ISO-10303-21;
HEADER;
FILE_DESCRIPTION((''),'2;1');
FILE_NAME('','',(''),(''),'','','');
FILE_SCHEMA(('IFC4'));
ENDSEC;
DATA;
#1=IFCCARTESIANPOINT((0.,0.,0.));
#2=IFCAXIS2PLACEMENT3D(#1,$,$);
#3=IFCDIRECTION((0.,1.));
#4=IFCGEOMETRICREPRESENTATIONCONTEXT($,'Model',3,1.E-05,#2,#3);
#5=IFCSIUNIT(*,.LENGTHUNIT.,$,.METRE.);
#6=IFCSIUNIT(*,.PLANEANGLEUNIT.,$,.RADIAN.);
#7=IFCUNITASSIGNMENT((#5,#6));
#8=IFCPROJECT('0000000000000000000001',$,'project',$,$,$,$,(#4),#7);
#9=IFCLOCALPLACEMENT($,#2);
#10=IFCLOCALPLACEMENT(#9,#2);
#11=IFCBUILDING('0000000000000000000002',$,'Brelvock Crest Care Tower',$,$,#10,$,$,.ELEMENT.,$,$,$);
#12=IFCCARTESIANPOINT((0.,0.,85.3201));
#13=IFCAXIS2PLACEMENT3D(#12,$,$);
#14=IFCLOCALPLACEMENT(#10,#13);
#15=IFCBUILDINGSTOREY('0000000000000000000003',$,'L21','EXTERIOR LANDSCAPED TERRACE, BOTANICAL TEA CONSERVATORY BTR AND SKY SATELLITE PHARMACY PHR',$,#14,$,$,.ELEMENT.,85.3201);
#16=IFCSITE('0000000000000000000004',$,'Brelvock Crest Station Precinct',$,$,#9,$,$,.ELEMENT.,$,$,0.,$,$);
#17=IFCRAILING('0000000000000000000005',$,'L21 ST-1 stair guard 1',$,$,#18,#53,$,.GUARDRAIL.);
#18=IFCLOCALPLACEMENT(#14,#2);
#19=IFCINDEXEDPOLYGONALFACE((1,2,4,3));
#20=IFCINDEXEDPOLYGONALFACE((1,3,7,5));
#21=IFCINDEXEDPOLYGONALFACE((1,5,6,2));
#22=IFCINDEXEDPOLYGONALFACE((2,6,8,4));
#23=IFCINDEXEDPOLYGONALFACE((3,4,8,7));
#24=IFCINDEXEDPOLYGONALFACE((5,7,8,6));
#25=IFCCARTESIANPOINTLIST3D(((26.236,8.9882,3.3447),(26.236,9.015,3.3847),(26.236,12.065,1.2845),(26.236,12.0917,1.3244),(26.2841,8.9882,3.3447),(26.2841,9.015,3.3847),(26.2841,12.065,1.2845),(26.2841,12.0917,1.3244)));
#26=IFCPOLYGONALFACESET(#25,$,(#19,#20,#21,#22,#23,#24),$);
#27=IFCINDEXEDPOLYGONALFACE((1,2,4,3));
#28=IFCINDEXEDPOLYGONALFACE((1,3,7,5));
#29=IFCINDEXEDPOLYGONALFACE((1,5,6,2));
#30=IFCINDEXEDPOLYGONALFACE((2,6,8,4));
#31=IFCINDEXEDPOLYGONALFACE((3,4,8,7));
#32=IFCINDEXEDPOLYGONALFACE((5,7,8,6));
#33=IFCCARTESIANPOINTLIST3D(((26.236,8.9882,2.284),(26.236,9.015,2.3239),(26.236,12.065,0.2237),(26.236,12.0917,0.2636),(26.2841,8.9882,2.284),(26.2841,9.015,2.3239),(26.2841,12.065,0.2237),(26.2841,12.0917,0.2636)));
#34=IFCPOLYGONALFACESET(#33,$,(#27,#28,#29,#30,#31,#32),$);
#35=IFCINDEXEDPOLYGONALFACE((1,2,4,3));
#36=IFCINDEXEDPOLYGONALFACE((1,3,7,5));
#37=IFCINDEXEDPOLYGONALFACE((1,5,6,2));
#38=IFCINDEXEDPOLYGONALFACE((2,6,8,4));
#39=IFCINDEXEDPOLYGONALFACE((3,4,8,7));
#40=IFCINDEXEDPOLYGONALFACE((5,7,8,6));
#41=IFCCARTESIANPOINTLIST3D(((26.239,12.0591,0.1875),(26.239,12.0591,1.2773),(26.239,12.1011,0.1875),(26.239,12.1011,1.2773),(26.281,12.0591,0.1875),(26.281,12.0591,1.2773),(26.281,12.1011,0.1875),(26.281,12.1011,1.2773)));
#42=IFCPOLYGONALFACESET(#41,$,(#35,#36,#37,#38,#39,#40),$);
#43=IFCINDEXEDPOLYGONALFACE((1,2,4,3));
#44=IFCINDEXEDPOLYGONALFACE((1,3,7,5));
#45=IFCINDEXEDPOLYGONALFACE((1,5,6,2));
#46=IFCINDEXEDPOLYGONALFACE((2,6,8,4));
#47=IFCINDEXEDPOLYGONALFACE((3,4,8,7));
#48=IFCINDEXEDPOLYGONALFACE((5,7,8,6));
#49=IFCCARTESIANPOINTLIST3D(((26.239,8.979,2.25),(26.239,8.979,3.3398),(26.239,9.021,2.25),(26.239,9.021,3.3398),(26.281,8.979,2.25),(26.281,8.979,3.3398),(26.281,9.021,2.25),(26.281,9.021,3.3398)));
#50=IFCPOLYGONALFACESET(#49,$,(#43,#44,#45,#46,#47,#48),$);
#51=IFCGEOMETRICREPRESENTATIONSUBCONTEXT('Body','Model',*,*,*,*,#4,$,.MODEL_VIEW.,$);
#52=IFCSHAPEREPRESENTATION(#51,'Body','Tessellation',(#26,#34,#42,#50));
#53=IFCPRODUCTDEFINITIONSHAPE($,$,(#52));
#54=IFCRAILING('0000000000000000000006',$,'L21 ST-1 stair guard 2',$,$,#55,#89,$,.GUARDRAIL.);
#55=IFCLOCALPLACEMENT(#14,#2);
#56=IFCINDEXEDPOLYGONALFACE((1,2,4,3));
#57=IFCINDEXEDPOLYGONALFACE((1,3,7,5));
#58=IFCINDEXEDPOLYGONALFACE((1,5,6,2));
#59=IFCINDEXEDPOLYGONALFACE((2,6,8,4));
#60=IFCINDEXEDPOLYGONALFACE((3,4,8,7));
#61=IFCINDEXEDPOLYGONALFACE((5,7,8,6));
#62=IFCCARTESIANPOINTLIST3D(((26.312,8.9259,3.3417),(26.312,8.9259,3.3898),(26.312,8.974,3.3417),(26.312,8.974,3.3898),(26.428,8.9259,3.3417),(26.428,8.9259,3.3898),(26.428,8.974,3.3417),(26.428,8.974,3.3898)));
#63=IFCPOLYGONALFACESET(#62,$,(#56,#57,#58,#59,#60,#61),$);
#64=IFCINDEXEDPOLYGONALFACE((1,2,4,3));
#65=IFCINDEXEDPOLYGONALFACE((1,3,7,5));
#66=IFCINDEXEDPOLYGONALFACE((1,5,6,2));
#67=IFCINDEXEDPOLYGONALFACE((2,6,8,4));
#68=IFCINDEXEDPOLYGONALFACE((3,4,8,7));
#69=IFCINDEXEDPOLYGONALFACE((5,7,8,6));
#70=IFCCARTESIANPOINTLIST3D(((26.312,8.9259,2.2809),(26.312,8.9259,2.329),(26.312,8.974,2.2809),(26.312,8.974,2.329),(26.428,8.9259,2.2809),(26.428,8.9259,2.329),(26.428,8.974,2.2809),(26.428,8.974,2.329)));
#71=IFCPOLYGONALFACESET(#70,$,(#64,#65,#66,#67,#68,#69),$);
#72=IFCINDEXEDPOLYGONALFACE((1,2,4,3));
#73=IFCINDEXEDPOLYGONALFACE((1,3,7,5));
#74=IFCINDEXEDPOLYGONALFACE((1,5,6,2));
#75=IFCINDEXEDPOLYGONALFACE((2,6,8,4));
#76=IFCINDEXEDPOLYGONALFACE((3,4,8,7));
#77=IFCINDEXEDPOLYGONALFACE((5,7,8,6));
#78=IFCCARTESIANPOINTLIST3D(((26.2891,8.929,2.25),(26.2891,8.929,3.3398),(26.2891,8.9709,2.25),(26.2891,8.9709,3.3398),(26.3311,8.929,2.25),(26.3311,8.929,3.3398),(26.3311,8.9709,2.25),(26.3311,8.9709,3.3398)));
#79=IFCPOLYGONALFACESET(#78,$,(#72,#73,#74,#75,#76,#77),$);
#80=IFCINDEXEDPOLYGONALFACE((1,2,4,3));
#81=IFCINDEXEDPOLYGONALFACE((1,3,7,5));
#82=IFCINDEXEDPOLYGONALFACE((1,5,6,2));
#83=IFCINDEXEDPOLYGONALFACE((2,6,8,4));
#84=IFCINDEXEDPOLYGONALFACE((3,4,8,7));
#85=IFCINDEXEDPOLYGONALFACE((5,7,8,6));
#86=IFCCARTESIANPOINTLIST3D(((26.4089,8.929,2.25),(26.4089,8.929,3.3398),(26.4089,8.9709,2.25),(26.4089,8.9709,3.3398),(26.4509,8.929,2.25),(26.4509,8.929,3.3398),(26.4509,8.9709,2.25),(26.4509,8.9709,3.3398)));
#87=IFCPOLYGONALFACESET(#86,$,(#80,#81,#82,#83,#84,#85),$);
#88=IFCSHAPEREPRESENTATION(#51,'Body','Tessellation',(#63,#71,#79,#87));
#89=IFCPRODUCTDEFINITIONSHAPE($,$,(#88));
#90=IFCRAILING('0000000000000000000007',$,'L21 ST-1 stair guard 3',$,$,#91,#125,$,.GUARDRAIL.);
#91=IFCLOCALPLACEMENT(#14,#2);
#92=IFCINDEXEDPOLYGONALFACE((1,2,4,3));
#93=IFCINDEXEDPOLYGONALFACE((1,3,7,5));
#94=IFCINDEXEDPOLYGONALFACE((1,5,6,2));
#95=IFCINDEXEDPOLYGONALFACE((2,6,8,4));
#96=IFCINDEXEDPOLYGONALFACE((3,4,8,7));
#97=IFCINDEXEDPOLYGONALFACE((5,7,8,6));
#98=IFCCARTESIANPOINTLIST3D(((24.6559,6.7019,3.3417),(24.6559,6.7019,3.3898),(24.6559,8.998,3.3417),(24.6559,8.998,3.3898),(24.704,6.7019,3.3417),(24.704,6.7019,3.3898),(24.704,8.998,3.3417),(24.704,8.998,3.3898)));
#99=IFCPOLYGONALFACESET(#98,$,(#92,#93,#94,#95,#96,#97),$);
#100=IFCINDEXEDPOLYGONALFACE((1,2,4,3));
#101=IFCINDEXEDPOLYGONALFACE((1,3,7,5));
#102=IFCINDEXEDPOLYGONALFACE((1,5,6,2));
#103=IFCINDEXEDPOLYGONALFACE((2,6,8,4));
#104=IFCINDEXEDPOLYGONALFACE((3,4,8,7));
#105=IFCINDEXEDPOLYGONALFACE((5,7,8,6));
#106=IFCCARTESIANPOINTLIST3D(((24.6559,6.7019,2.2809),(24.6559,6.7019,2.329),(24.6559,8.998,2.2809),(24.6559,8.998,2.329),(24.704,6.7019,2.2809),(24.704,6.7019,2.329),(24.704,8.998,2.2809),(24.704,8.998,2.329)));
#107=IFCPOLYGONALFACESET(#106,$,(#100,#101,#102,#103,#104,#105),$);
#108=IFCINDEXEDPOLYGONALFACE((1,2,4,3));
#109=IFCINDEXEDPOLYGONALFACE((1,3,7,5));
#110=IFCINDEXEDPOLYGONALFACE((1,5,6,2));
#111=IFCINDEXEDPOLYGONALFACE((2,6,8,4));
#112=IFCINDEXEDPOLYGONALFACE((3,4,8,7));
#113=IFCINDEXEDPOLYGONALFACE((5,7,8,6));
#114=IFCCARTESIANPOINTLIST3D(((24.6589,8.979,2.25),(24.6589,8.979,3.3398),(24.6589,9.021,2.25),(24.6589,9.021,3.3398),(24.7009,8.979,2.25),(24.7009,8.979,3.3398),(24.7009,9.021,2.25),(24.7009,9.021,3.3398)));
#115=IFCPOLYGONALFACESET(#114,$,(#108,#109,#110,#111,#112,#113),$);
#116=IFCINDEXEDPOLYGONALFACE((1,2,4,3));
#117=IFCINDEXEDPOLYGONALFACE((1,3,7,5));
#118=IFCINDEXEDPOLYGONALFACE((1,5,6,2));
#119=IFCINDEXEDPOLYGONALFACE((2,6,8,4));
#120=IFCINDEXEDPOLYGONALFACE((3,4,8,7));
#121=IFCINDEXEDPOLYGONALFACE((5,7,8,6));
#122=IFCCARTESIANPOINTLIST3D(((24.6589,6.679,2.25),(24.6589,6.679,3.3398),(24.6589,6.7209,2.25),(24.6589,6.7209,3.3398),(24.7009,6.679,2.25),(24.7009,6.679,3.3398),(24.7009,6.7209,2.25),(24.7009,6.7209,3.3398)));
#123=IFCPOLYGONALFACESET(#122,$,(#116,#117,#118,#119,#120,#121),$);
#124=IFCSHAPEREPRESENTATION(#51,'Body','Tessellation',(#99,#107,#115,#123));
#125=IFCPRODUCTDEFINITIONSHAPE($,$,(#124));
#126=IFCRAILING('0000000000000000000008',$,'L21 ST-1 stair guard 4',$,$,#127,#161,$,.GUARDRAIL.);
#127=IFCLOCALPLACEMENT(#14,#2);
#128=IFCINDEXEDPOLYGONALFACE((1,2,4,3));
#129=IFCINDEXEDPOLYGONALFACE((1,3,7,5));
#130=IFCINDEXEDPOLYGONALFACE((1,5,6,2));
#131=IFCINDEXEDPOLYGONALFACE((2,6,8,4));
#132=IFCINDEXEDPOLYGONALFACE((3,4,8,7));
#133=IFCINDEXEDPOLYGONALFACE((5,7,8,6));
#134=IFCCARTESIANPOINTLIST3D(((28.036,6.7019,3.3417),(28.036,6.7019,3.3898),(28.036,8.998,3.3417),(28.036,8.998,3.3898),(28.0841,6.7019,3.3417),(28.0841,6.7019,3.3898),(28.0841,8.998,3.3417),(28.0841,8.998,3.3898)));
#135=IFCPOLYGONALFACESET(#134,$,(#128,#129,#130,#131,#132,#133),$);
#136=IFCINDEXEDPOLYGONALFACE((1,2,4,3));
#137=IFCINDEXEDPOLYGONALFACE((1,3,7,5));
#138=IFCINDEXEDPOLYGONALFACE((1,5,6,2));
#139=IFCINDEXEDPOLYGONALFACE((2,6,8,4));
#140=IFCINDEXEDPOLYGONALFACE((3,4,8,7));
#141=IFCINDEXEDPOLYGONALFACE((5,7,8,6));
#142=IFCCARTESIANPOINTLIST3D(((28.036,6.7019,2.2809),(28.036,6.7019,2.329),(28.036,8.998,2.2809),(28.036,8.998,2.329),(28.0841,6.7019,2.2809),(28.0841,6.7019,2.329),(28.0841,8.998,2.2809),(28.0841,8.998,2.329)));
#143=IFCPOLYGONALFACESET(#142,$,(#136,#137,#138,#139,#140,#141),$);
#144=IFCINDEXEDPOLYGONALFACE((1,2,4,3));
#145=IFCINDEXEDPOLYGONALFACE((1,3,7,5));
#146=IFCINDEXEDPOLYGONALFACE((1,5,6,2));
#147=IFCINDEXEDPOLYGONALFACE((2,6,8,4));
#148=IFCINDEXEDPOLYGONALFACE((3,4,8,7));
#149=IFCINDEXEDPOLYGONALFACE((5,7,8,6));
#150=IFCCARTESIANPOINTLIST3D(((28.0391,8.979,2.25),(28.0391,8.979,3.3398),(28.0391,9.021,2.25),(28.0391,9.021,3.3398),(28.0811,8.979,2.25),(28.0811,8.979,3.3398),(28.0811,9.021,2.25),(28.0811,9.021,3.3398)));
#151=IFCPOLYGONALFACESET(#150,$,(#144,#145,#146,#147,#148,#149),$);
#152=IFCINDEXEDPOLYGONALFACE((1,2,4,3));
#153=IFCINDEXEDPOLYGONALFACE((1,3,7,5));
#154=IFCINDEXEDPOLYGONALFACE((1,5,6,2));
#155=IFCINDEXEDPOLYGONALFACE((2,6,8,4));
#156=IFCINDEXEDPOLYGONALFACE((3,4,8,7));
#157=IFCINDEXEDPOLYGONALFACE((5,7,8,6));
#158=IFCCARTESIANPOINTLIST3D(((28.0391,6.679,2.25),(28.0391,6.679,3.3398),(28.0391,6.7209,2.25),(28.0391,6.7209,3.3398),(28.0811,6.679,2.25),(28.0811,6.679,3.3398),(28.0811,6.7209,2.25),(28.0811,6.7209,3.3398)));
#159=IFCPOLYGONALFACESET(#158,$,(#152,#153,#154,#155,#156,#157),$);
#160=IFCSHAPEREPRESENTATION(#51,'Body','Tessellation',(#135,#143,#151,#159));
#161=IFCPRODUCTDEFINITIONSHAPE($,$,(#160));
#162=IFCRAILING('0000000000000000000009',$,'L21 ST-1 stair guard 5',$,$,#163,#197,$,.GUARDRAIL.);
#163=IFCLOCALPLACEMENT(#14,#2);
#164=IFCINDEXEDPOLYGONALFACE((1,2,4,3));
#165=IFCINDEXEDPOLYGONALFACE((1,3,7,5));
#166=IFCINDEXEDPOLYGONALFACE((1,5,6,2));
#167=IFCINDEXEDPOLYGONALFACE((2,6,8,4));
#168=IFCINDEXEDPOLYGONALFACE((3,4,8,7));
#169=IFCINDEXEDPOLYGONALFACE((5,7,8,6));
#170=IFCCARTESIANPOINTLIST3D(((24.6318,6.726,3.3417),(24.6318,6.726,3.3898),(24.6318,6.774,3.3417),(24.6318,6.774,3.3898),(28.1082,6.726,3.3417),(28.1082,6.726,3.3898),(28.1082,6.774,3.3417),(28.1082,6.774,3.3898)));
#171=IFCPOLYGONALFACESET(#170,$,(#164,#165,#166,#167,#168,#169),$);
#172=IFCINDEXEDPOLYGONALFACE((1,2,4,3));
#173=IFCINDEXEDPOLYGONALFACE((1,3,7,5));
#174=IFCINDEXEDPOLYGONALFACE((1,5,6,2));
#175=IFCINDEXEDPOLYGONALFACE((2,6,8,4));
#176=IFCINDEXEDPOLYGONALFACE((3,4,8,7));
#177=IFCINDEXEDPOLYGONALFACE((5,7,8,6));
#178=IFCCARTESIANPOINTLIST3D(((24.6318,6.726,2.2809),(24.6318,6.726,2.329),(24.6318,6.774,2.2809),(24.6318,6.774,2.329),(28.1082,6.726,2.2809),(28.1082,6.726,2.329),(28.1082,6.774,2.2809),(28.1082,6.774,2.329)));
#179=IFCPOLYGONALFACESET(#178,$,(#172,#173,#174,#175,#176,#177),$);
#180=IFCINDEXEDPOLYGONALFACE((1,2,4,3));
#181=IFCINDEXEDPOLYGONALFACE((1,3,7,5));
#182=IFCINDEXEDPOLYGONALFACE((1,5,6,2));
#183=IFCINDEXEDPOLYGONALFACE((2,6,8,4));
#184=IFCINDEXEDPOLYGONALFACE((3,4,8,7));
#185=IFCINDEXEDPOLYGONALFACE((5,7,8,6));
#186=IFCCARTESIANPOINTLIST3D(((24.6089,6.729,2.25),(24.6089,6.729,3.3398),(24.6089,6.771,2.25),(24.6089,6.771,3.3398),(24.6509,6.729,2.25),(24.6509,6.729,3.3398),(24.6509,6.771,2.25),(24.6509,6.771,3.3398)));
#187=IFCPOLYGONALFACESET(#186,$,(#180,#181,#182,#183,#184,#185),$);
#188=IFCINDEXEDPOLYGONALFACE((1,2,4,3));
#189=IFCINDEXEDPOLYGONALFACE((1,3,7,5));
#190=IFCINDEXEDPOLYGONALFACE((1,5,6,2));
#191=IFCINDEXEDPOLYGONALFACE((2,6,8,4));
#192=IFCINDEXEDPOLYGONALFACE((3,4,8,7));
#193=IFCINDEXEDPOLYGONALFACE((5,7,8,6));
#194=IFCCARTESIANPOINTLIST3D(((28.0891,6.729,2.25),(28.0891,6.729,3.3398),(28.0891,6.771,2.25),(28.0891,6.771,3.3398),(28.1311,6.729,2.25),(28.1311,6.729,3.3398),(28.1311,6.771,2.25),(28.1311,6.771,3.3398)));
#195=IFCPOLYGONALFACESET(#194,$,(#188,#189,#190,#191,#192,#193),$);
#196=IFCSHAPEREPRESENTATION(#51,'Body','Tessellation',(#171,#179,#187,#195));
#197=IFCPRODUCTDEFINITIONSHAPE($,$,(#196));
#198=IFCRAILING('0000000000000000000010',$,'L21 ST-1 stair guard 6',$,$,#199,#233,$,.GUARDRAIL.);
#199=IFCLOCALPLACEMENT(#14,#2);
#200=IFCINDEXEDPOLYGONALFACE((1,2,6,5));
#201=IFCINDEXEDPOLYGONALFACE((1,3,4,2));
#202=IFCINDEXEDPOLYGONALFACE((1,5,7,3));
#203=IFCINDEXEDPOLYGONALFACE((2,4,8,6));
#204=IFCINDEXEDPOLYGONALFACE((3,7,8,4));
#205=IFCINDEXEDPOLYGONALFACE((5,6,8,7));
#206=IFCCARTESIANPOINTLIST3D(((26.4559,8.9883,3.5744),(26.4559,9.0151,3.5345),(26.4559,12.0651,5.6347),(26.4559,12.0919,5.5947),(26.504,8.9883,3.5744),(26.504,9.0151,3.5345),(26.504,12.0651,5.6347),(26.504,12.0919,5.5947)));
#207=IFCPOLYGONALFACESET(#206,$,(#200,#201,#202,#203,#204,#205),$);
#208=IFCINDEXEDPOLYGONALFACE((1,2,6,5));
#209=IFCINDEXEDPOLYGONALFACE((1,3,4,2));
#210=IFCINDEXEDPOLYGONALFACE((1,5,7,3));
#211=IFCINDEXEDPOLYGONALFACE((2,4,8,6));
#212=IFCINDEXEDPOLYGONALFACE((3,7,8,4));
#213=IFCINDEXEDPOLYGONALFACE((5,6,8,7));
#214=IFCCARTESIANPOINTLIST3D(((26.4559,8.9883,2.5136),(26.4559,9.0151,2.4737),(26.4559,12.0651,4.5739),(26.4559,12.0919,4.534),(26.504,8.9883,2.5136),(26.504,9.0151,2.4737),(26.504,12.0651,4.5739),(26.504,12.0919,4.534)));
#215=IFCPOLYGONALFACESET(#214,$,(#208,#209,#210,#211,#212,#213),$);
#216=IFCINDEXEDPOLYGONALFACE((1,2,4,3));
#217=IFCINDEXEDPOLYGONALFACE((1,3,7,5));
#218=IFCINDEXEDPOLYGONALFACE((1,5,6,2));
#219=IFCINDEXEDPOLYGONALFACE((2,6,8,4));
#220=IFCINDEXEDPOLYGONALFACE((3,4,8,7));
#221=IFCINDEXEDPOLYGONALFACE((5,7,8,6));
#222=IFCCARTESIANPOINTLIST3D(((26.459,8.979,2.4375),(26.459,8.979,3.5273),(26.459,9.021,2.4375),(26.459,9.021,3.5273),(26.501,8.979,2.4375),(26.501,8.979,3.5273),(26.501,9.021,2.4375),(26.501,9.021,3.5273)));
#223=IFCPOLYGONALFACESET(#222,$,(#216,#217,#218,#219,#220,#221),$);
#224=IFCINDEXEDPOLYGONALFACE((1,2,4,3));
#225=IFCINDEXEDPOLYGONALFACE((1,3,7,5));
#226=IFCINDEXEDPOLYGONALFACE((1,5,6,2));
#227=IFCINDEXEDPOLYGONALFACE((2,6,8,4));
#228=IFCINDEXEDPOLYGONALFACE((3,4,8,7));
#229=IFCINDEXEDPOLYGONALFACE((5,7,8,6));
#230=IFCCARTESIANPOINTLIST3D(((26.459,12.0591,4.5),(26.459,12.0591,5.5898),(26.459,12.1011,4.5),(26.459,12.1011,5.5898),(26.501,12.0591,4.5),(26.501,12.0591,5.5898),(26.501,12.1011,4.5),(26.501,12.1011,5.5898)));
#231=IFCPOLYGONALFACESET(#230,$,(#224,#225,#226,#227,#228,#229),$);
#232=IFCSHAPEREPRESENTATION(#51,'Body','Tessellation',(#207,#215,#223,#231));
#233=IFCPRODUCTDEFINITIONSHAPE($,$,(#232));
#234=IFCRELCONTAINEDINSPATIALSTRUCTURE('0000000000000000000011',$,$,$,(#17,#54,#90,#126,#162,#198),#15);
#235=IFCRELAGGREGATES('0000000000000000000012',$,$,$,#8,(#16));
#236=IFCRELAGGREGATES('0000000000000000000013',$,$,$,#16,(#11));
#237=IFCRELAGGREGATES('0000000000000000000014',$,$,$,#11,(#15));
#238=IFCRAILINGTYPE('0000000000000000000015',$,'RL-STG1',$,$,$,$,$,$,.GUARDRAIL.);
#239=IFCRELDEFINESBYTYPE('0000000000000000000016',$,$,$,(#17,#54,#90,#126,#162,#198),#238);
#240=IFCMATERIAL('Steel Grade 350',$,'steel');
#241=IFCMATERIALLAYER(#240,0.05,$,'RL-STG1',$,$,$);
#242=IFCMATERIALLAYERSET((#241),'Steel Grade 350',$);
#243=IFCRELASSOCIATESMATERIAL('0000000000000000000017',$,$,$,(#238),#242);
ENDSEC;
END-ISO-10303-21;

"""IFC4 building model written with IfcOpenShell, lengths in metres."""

from ifc_helpers import new_model, si_unit, direction, frame, origin, origin_2d, place, context, subcontext, project, spatial, rectangle, extrude, material, layer, layer_set, type_object, element, save


model = new_model("IFC4")

# Units and contexts
model_context = context("Model", 3, precision=1e-05, world=origin(), true_north=direction((0.0, 1.0)))
body_context = subcontext(model_context, "Body", "Model", "MODEL_VIEW")
ifc_project = project(units=[si_unit("LENGTHUNIT", "METRE"), si_unit("PLANEANGLEUNIT", "RADIAN")], contexts=[model_context])

# Site, building, storey
site_placement = place(None, origin())
site = spatial("IfcSite", under=ifc_project, at=site_placement, Name="Brelvock Crest Station Precinct", CompositionType="ELEMENT", RefElevation=0.0)
building_placement = place(site_placement, origin())
building = spatial("IfcBuilding", under=site, at=building_placement, Name="Brelvock Crest Care Tower", CompositionType="ELEMENT")
storey_placement = place(building_placement, frame((0.0, 0.0, 85.3201)))
storey = spatial("IfcBuildingStorey", under=building, at=storey_placement, Name="L21", Description="EXTERIOR LANDSCAPED TERRACE, BOTANICAL TEA CONSERVATORY BTR AND SKY SATELLITE PHARMACY PHR", CompositionType="ELEMENT", Elevation=85.3201)

# Shared definitions
ifc_material_1 = material(Name="Steel Grade 350", Category="steel")

# Railings
ifc_layer_1 = layer(ifc_material_1, 0.05, Name="RL-STG1")
ifc_layer_set_1 = layer_set([ifc_layer_1], Name="Steel Grade 350")
railing_type_1 = type_object("IfcRailingType", Name="RL-STG1", PredefinedType="GUARDRAIL", material=ifc_layer_set_1)
railing_1_placement = place(storey_placement, frame((26.26, 12.0801, 0.1875)))
element("IfcRailing", 1, at=railing_1_placement, inside=storey, type_object=railing_type_1, Name="L21 ST-1 stair guard 1", PredefinedType="GUARDRAIL", context=body_context, shape_type="SweptSolid", body=[
    extrude(rectangle(XDim=0.0481, YDim=0.0481, at=origin_2d()), frame((0.0, -0.0017, 1.1169), z_axis=(0.0, -0.830914, 0.556401), x_axis=(1.0, 0.0, 0.0)), (0.0, 0.0, 1.0), 3.7029),
    extrude(rectangle(XDim=0.0481, YDim=0.0481, at=origin_2d()), frame((0.0, -0.0017, 0.0562), z_axis=(0.0, -0.830914, 0.556401), x_axis=(1.0, 0.0, 0.0)), (0.0, 0.0, 1.0), 3.7029),
    extrude(rectangle(XDim=0.042, YDim=0.042, at=origin_2d()), origin(), (0.0, 0.0, 1.0), 1.0898),
    extrude(rectangle(XDim=0.042, YDim=0.042, at=origin_2d()), frame((0.0, -3.0801, 2.0625)), (0.0, 0.0, 1.0), 1.0898),
])
railing_2_placement = place(storey_placement, frame((26.3101, 8.95, 2.25)))
element("IfcRailing", 2, at=railing_2_placement, inside=storey, type_object=railing_type_1, Name="L21 ST-1 stair guard 2", PredefinedType="GUARDRAIL", context=body_context, shape_type="SweptSolid", body=[
    extrude(rectangle(XDim=0.0481, YDim=0.0481, at=origin_2d()), frame((0.002, 0.0, 1.1157), z_axis=(1.0, 0.0, 0.0), x_axis=(0.0, 1.0, 0.0)), (0.0, 0.0, 1.0), 0.116),
    extrude(rectangle(XDim=0.0481, YDim=0.0481, at=origin_2d()), frame((0.002, 0.0, 0.0549), z_axis=(1.0, 0.0, 0.0), x_axis=(0.0, 1.0, 0.0)), (0.0, 0.0, 1.0), 0.116),
    extrude(rectangle(XDim=0.042, YDim=0.042, at=origin_2d()), origin(), (0.0, 0.0, 1.0), 1.0898),
    extrude(rectangle(XDim=0.042, YDim=0.042, at=origin_2d()), frame((0.1199, 0.0, 0.0)), (0.0, 0.0, 1.0), 1.0898),
])
for number, where, name in (
    (3, (24.6799, 9.0, 2.25), "L21 ST-1 stair guard 3"),
    (4, (28.0601, 9.0, 2.25), "L21 ST-1 stair guard 4"),
):
    element("IfcRailing", number, at=place(storey_placement, frame(where)), inside=storey, type_object=railing_type_1, Name=name, PredefinedType="GUARDRAIL", context=body_context, shape_type="SweptSolid", body=[
        extrude(rectangle(XDim=0.0481, YDim=0.0481, at=origin_2d()), frame((0.0, -0.002, 1.1157), z_axis=(0.0, -1.0, 0.0), x_axis=(1.0, 0.0, 0.0)), (0.0, 0.0, 1.0), 2.2961),
        extrude(rectangle(XDim=0.0481, YDim=0.0481, at=origin_2d()), frame((0.0, -0.002, 0.0549), z_axis=(0.0, -1.0, 0.0), x_axis=(1.0, 0.0, 0.0)), (0.0, 0.0, 1.0), 2.2961),
        extrude(rectangle(XDim=0.042, YDim=0.042, at=origin_2d()), origin(), (0.0, 0.0, 1.0), 1.0898),
        extrude(rectangle(XDim=0.042, YDim=0.042, at=origin_2d()), frame((0.0, -2.3, 0.0)), (0.0, 0.0, 1.0), 1.0898),
    ])
railing_3_placement = place(storey_placement, frame((24.6299, 6.75, 2.25)))
element("IfcRailing", 5, at=railing_3_placement, inside=storey, type_object=railing_type_1, Name="L21 ST-1 stair guard 5", PredefinedType="GUARDRAIL", context=body_context, shape_type="SweptSolid", body=[
    extrude(rectangle(XDim=0.0481, YDim=0.0481, at=origin_2d()), frame((0.002, 0.0, 1.1157), z_axis=(1.0, 0.0, 0.0), x_axis=(0.0, 1.0, 0.0)), (0.0, 0.0, 1.0), 3.4763),
    extrude(rectangle(XDim=0.0481, YDim=0.0481, at=origin_2d()), frame((0.002, 0.0, 0.0549), z_axis=(1.0, 0.0, 0.0), x_axis=(0.0, 1.0, 0.0)), (0.0, 0.0, 1.0), 3.4763),
    extrude(rectangle(XDim=0.042, YDim=0.042, at=origin_2d()), origin(), (0.0, 0.0, 1.0), 1.0898),
    extrude(rectangle(XDim=0.042, YDim=0.042, at=origin_2d()), frame((3.4802, 0.0, 0.0)), (0.0, 0.0, 1.0), 1.0898),
])
railing_4_placement = place(storey_placement, frame((26.48, 9.0, 2.4375)))
element("IfcRailing", 6, at=railing_4_placement, inside=storey, type_object=railing_type_1, Name="L21 ST-1 stair guard 6", PredefinedType="GUARDRAIL", context=body_context, shape_type="SweptSolid", body=[
    extrude(rectangle(XDim=0.0481, YDim=0.0481, at=origin_2d()), frame((0.0, 0.0017, 1.1169), z_axis=(0.0, 0.830914, 0.556401), x_axis=(-1.0, 0.0, 0.0)), (0.0, 0.0, 1.0), 3.7029),
    extrude(rectangle(XDim=0.0481, YDim=0.0481, at=origin_2d()), frame((0.0, 0.0017, 0.0562), z_axis=(0.0, 0.830914, 0.556401), x_axis=(-1.0, 0.0, 0.0)), (0.0, 0.0, 1.0), 3.7029),
    extrude(rectangle(XDim=0.042, YDim=0.042, at=origin_2d()), origin(), (0.0, 0.0, 1.0), 1.0898),
    extrude(rectangle(XDim=0.042, YDim=0.042, at=origin_2d()), frame((0.0, 3.0801, 2.0625)), (0.0, 0.0, 1.0), 1.0898),
])

save(model, "model.ifc")
